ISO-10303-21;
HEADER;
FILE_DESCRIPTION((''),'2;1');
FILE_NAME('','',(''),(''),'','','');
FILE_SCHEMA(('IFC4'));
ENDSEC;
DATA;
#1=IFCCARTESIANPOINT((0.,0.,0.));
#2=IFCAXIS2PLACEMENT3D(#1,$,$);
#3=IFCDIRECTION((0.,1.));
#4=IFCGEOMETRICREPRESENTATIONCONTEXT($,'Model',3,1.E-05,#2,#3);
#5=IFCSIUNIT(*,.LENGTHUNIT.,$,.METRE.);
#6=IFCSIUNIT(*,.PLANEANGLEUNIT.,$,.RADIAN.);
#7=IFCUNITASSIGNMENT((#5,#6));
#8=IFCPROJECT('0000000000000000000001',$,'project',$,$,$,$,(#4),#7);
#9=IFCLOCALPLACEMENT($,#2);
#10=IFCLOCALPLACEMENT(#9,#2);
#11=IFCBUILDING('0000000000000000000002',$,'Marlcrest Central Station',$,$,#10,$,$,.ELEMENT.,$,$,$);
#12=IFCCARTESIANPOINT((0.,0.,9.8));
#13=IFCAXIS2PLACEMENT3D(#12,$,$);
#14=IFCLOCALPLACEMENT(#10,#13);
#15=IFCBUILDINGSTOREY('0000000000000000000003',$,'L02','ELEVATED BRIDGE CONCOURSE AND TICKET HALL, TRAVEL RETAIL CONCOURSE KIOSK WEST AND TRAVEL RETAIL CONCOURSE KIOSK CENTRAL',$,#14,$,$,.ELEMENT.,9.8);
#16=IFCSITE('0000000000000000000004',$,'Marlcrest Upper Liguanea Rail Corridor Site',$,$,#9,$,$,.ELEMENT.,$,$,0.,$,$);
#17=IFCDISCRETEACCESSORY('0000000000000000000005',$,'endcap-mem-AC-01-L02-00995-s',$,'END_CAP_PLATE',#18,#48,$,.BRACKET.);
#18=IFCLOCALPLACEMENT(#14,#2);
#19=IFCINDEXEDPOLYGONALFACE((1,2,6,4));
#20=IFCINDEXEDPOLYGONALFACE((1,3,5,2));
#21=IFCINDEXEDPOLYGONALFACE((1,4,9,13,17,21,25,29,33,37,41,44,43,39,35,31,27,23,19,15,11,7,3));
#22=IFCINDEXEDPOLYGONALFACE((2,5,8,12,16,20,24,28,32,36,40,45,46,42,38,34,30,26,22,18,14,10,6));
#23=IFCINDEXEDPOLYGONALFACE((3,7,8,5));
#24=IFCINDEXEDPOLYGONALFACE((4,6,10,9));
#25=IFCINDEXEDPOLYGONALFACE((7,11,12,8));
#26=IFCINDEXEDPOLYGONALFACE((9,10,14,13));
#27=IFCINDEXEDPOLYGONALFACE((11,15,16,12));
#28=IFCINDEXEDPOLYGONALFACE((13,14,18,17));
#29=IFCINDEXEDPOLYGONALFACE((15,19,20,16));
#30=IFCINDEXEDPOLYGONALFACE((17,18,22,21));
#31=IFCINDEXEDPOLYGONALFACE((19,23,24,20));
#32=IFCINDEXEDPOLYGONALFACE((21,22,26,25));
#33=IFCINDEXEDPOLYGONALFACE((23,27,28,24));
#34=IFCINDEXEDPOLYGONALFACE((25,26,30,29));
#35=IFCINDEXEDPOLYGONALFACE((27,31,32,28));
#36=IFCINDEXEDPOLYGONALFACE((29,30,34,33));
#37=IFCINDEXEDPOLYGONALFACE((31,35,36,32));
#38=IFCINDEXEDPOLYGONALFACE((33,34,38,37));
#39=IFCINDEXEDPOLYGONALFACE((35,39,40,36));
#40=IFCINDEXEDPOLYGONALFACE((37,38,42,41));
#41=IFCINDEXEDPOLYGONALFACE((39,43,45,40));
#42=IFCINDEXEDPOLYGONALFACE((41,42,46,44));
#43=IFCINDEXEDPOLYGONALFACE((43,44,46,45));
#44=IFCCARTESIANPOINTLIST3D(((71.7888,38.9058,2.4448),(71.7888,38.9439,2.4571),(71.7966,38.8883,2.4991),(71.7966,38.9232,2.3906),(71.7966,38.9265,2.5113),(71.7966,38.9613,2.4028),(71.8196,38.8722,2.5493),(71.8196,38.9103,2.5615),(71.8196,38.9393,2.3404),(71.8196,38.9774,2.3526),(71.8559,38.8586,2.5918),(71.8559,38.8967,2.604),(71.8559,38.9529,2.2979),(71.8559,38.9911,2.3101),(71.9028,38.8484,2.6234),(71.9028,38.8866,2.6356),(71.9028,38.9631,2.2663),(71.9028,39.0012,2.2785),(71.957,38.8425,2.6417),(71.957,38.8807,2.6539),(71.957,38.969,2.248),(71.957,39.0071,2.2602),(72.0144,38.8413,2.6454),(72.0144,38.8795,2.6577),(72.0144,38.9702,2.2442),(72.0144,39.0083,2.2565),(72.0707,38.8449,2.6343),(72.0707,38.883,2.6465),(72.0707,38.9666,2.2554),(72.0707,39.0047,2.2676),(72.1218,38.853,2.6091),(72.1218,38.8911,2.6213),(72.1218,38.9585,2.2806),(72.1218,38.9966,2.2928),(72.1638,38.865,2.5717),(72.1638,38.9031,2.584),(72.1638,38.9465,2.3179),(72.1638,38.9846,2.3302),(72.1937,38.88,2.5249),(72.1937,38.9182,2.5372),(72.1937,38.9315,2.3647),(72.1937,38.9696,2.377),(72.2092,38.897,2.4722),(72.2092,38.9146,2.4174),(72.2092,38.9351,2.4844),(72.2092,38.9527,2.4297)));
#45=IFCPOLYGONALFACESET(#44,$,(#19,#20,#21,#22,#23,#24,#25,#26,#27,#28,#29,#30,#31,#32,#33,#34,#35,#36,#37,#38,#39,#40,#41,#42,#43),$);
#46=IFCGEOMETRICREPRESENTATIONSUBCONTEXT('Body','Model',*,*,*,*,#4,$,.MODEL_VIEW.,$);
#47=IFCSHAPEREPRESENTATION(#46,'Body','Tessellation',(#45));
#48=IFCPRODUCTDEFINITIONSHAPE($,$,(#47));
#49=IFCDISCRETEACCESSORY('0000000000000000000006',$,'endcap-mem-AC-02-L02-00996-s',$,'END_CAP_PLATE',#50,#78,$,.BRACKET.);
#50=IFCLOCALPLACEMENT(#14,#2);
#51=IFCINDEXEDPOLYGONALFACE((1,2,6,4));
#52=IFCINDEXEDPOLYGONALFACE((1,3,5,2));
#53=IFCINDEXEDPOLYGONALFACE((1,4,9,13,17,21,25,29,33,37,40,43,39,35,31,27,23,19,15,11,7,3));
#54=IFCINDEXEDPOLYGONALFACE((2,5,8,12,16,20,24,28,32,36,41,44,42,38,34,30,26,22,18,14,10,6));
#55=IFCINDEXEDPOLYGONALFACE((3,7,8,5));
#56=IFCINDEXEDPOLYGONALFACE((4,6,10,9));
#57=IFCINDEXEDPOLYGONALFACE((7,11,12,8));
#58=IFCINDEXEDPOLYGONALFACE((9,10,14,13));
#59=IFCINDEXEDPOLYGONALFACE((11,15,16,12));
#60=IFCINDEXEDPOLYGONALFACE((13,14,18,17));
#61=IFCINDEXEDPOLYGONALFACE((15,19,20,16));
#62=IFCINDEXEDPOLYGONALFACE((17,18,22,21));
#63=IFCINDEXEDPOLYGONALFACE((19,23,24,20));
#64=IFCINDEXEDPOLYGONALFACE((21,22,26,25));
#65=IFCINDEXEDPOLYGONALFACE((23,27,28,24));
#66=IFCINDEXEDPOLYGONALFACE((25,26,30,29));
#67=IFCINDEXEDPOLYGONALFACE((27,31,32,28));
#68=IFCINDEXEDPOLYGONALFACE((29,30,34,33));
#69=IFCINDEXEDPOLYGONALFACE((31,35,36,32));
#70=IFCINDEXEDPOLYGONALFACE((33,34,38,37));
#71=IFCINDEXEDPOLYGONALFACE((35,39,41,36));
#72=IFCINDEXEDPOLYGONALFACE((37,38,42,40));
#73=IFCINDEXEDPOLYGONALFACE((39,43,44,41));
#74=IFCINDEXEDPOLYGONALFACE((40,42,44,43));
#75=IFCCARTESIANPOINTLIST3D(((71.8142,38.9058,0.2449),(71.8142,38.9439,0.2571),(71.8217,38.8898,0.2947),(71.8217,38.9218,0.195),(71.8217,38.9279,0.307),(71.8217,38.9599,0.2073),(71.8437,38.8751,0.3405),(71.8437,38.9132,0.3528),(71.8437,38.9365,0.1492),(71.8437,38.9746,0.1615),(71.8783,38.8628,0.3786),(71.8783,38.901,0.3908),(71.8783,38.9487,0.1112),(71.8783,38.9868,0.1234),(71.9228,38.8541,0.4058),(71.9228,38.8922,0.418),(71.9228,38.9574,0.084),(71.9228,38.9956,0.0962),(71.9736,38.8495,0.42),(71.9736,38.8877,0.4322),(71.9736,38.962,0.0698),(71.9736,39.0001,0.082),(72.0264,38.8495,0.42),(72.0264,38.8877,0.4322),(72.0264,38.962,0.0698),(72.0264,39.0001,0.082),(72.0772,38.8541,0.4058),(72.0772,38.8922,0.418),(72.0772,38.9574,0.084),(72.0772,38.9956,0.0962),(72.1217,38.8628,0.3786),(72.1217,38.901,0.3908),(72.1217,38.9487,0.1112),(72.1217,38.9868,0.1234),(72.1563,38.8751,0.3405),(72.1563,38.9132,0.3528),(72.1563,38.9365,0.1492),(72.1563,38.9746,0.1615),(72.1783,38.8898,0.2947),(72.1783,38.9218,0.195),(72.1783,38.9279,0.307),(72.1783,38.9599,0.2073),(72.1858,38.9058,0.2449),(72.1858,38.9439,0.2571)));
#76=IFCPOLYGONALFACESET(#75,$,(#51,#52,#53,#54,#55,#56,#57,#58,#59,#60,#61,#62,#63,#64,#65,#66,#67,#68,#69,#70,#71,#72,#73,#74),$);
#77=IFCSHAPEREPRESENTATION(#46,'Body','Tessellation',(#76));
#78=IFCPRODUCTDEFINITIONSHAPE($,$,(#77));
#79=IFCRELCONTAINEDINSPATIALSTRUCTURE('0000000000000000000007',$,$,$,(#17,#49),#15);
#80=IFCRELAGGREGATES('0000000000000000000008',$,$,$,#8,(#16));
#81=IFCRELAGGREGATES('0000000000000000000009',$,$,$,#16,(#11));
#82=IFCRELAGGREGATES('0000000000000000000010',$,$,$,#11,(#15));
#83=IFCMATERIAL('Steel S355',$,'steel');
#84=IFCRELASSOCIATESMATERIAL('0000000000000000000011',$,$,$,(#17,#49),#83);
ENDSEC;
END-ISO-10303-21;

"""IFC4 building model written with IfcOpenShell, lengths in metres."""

from ifc_helpers import new_model, si_unit, direction, frame, origin, origin_2d, place, context, subcontext, project, spatial, circle, extrude, material, element, save


model = new_model("IFC4")

# Units and contexts
model_context = context("Model", 3, precision=1e-05, world=origin(), true_north=direction((0.0, 1.0)))
body_context = subcontext(model_context, "Body", "Model", "MODEL_VIEW")
ifc_project = project(units=[si_unit("LENGTHUNIT", "METRE"), si_unit("PLANEANGLEUNIT", "RADIAN")], contexts=[model_context])

# Site, building, storey
site_placement = place(None, origin())
site = spatial("IfcSite", under=ifc_project, at=site_placement, Name="Marlcrest Upper Liguanea Rail Corridor Site", CompositionType="ELEMENT", RefElevation=0.0)
building_placement = place(site_placement, origin())
building = spatial("IfcBuilding", under=site, at=building_placement, Name="Marlcrest Central Station", CompositionType="ELEMENT")
storey_placement = place(building_placement, frame((0.0, 0.0, 9.8)))
storey = spatial("IfcBuildingStorey", under=building, at=storey_placement, Name="L02", Description="ELEVATED BRIDGE CONCOURSE AND TICKET HALL, TRAVEL RETAIL CONCOURSE KIOSK WEST AND TRAVEL RETAIL CONCOURSE KIOSK CENTRAL", CompositionType="ELEMENT", Elevation=9.8)

# Shared definitions
ifc_material_1 = material(Name="Steel S355", Category="steel")

# Discrete accessories
discrete_accessory_1_placement = place(storey_placement, frame((72.0, 38.9058, 2.4448), z_axis=(0.0, 0.952117, 0.305734), x_axis=(-1.0, 0.0, 0.0)))
element("IfcDiscreteAccessory", 1, at=discrete_accessory_1_placement, inside=storey, material=ifc_material_1, Name="endcap-mem-AC-01-L02-00995-s", ObjectType="END_CAP_PLATE", PredefinedType="BRACKET", context=body_context, shape_type="SweptSolid", body=[
    extrude(circle(Radius=0.2112, at=origin_2d()), origin(), (0.0, 0.0, 1.0), 0.04),
])
discrete_accessory_2_placement = place(storey_placement, frame((72.0, 38.9058, 0.2449), z_axis=(0.0, 0.952117, 0.305734), x_axis=(-1.0, 0.0, 0.0)))
element("IfcDiscreteAccessory", 2, at=discrete_accessory_2_placement, inside=storey, material=ifc_material_1, Name="endcap-mem-AC-02-L02-00996-s", ObjectType="END_CAP_PLATE", PredefinedType="BRACKET", context=body_context, shape_type="SweptSolid", body=[
    extrude(circle(Radius=0.1858, at=origin_2d()), origin(), (0.0, 0.0, 1.0), 0.04),
])

save(model, "model.ifc")
